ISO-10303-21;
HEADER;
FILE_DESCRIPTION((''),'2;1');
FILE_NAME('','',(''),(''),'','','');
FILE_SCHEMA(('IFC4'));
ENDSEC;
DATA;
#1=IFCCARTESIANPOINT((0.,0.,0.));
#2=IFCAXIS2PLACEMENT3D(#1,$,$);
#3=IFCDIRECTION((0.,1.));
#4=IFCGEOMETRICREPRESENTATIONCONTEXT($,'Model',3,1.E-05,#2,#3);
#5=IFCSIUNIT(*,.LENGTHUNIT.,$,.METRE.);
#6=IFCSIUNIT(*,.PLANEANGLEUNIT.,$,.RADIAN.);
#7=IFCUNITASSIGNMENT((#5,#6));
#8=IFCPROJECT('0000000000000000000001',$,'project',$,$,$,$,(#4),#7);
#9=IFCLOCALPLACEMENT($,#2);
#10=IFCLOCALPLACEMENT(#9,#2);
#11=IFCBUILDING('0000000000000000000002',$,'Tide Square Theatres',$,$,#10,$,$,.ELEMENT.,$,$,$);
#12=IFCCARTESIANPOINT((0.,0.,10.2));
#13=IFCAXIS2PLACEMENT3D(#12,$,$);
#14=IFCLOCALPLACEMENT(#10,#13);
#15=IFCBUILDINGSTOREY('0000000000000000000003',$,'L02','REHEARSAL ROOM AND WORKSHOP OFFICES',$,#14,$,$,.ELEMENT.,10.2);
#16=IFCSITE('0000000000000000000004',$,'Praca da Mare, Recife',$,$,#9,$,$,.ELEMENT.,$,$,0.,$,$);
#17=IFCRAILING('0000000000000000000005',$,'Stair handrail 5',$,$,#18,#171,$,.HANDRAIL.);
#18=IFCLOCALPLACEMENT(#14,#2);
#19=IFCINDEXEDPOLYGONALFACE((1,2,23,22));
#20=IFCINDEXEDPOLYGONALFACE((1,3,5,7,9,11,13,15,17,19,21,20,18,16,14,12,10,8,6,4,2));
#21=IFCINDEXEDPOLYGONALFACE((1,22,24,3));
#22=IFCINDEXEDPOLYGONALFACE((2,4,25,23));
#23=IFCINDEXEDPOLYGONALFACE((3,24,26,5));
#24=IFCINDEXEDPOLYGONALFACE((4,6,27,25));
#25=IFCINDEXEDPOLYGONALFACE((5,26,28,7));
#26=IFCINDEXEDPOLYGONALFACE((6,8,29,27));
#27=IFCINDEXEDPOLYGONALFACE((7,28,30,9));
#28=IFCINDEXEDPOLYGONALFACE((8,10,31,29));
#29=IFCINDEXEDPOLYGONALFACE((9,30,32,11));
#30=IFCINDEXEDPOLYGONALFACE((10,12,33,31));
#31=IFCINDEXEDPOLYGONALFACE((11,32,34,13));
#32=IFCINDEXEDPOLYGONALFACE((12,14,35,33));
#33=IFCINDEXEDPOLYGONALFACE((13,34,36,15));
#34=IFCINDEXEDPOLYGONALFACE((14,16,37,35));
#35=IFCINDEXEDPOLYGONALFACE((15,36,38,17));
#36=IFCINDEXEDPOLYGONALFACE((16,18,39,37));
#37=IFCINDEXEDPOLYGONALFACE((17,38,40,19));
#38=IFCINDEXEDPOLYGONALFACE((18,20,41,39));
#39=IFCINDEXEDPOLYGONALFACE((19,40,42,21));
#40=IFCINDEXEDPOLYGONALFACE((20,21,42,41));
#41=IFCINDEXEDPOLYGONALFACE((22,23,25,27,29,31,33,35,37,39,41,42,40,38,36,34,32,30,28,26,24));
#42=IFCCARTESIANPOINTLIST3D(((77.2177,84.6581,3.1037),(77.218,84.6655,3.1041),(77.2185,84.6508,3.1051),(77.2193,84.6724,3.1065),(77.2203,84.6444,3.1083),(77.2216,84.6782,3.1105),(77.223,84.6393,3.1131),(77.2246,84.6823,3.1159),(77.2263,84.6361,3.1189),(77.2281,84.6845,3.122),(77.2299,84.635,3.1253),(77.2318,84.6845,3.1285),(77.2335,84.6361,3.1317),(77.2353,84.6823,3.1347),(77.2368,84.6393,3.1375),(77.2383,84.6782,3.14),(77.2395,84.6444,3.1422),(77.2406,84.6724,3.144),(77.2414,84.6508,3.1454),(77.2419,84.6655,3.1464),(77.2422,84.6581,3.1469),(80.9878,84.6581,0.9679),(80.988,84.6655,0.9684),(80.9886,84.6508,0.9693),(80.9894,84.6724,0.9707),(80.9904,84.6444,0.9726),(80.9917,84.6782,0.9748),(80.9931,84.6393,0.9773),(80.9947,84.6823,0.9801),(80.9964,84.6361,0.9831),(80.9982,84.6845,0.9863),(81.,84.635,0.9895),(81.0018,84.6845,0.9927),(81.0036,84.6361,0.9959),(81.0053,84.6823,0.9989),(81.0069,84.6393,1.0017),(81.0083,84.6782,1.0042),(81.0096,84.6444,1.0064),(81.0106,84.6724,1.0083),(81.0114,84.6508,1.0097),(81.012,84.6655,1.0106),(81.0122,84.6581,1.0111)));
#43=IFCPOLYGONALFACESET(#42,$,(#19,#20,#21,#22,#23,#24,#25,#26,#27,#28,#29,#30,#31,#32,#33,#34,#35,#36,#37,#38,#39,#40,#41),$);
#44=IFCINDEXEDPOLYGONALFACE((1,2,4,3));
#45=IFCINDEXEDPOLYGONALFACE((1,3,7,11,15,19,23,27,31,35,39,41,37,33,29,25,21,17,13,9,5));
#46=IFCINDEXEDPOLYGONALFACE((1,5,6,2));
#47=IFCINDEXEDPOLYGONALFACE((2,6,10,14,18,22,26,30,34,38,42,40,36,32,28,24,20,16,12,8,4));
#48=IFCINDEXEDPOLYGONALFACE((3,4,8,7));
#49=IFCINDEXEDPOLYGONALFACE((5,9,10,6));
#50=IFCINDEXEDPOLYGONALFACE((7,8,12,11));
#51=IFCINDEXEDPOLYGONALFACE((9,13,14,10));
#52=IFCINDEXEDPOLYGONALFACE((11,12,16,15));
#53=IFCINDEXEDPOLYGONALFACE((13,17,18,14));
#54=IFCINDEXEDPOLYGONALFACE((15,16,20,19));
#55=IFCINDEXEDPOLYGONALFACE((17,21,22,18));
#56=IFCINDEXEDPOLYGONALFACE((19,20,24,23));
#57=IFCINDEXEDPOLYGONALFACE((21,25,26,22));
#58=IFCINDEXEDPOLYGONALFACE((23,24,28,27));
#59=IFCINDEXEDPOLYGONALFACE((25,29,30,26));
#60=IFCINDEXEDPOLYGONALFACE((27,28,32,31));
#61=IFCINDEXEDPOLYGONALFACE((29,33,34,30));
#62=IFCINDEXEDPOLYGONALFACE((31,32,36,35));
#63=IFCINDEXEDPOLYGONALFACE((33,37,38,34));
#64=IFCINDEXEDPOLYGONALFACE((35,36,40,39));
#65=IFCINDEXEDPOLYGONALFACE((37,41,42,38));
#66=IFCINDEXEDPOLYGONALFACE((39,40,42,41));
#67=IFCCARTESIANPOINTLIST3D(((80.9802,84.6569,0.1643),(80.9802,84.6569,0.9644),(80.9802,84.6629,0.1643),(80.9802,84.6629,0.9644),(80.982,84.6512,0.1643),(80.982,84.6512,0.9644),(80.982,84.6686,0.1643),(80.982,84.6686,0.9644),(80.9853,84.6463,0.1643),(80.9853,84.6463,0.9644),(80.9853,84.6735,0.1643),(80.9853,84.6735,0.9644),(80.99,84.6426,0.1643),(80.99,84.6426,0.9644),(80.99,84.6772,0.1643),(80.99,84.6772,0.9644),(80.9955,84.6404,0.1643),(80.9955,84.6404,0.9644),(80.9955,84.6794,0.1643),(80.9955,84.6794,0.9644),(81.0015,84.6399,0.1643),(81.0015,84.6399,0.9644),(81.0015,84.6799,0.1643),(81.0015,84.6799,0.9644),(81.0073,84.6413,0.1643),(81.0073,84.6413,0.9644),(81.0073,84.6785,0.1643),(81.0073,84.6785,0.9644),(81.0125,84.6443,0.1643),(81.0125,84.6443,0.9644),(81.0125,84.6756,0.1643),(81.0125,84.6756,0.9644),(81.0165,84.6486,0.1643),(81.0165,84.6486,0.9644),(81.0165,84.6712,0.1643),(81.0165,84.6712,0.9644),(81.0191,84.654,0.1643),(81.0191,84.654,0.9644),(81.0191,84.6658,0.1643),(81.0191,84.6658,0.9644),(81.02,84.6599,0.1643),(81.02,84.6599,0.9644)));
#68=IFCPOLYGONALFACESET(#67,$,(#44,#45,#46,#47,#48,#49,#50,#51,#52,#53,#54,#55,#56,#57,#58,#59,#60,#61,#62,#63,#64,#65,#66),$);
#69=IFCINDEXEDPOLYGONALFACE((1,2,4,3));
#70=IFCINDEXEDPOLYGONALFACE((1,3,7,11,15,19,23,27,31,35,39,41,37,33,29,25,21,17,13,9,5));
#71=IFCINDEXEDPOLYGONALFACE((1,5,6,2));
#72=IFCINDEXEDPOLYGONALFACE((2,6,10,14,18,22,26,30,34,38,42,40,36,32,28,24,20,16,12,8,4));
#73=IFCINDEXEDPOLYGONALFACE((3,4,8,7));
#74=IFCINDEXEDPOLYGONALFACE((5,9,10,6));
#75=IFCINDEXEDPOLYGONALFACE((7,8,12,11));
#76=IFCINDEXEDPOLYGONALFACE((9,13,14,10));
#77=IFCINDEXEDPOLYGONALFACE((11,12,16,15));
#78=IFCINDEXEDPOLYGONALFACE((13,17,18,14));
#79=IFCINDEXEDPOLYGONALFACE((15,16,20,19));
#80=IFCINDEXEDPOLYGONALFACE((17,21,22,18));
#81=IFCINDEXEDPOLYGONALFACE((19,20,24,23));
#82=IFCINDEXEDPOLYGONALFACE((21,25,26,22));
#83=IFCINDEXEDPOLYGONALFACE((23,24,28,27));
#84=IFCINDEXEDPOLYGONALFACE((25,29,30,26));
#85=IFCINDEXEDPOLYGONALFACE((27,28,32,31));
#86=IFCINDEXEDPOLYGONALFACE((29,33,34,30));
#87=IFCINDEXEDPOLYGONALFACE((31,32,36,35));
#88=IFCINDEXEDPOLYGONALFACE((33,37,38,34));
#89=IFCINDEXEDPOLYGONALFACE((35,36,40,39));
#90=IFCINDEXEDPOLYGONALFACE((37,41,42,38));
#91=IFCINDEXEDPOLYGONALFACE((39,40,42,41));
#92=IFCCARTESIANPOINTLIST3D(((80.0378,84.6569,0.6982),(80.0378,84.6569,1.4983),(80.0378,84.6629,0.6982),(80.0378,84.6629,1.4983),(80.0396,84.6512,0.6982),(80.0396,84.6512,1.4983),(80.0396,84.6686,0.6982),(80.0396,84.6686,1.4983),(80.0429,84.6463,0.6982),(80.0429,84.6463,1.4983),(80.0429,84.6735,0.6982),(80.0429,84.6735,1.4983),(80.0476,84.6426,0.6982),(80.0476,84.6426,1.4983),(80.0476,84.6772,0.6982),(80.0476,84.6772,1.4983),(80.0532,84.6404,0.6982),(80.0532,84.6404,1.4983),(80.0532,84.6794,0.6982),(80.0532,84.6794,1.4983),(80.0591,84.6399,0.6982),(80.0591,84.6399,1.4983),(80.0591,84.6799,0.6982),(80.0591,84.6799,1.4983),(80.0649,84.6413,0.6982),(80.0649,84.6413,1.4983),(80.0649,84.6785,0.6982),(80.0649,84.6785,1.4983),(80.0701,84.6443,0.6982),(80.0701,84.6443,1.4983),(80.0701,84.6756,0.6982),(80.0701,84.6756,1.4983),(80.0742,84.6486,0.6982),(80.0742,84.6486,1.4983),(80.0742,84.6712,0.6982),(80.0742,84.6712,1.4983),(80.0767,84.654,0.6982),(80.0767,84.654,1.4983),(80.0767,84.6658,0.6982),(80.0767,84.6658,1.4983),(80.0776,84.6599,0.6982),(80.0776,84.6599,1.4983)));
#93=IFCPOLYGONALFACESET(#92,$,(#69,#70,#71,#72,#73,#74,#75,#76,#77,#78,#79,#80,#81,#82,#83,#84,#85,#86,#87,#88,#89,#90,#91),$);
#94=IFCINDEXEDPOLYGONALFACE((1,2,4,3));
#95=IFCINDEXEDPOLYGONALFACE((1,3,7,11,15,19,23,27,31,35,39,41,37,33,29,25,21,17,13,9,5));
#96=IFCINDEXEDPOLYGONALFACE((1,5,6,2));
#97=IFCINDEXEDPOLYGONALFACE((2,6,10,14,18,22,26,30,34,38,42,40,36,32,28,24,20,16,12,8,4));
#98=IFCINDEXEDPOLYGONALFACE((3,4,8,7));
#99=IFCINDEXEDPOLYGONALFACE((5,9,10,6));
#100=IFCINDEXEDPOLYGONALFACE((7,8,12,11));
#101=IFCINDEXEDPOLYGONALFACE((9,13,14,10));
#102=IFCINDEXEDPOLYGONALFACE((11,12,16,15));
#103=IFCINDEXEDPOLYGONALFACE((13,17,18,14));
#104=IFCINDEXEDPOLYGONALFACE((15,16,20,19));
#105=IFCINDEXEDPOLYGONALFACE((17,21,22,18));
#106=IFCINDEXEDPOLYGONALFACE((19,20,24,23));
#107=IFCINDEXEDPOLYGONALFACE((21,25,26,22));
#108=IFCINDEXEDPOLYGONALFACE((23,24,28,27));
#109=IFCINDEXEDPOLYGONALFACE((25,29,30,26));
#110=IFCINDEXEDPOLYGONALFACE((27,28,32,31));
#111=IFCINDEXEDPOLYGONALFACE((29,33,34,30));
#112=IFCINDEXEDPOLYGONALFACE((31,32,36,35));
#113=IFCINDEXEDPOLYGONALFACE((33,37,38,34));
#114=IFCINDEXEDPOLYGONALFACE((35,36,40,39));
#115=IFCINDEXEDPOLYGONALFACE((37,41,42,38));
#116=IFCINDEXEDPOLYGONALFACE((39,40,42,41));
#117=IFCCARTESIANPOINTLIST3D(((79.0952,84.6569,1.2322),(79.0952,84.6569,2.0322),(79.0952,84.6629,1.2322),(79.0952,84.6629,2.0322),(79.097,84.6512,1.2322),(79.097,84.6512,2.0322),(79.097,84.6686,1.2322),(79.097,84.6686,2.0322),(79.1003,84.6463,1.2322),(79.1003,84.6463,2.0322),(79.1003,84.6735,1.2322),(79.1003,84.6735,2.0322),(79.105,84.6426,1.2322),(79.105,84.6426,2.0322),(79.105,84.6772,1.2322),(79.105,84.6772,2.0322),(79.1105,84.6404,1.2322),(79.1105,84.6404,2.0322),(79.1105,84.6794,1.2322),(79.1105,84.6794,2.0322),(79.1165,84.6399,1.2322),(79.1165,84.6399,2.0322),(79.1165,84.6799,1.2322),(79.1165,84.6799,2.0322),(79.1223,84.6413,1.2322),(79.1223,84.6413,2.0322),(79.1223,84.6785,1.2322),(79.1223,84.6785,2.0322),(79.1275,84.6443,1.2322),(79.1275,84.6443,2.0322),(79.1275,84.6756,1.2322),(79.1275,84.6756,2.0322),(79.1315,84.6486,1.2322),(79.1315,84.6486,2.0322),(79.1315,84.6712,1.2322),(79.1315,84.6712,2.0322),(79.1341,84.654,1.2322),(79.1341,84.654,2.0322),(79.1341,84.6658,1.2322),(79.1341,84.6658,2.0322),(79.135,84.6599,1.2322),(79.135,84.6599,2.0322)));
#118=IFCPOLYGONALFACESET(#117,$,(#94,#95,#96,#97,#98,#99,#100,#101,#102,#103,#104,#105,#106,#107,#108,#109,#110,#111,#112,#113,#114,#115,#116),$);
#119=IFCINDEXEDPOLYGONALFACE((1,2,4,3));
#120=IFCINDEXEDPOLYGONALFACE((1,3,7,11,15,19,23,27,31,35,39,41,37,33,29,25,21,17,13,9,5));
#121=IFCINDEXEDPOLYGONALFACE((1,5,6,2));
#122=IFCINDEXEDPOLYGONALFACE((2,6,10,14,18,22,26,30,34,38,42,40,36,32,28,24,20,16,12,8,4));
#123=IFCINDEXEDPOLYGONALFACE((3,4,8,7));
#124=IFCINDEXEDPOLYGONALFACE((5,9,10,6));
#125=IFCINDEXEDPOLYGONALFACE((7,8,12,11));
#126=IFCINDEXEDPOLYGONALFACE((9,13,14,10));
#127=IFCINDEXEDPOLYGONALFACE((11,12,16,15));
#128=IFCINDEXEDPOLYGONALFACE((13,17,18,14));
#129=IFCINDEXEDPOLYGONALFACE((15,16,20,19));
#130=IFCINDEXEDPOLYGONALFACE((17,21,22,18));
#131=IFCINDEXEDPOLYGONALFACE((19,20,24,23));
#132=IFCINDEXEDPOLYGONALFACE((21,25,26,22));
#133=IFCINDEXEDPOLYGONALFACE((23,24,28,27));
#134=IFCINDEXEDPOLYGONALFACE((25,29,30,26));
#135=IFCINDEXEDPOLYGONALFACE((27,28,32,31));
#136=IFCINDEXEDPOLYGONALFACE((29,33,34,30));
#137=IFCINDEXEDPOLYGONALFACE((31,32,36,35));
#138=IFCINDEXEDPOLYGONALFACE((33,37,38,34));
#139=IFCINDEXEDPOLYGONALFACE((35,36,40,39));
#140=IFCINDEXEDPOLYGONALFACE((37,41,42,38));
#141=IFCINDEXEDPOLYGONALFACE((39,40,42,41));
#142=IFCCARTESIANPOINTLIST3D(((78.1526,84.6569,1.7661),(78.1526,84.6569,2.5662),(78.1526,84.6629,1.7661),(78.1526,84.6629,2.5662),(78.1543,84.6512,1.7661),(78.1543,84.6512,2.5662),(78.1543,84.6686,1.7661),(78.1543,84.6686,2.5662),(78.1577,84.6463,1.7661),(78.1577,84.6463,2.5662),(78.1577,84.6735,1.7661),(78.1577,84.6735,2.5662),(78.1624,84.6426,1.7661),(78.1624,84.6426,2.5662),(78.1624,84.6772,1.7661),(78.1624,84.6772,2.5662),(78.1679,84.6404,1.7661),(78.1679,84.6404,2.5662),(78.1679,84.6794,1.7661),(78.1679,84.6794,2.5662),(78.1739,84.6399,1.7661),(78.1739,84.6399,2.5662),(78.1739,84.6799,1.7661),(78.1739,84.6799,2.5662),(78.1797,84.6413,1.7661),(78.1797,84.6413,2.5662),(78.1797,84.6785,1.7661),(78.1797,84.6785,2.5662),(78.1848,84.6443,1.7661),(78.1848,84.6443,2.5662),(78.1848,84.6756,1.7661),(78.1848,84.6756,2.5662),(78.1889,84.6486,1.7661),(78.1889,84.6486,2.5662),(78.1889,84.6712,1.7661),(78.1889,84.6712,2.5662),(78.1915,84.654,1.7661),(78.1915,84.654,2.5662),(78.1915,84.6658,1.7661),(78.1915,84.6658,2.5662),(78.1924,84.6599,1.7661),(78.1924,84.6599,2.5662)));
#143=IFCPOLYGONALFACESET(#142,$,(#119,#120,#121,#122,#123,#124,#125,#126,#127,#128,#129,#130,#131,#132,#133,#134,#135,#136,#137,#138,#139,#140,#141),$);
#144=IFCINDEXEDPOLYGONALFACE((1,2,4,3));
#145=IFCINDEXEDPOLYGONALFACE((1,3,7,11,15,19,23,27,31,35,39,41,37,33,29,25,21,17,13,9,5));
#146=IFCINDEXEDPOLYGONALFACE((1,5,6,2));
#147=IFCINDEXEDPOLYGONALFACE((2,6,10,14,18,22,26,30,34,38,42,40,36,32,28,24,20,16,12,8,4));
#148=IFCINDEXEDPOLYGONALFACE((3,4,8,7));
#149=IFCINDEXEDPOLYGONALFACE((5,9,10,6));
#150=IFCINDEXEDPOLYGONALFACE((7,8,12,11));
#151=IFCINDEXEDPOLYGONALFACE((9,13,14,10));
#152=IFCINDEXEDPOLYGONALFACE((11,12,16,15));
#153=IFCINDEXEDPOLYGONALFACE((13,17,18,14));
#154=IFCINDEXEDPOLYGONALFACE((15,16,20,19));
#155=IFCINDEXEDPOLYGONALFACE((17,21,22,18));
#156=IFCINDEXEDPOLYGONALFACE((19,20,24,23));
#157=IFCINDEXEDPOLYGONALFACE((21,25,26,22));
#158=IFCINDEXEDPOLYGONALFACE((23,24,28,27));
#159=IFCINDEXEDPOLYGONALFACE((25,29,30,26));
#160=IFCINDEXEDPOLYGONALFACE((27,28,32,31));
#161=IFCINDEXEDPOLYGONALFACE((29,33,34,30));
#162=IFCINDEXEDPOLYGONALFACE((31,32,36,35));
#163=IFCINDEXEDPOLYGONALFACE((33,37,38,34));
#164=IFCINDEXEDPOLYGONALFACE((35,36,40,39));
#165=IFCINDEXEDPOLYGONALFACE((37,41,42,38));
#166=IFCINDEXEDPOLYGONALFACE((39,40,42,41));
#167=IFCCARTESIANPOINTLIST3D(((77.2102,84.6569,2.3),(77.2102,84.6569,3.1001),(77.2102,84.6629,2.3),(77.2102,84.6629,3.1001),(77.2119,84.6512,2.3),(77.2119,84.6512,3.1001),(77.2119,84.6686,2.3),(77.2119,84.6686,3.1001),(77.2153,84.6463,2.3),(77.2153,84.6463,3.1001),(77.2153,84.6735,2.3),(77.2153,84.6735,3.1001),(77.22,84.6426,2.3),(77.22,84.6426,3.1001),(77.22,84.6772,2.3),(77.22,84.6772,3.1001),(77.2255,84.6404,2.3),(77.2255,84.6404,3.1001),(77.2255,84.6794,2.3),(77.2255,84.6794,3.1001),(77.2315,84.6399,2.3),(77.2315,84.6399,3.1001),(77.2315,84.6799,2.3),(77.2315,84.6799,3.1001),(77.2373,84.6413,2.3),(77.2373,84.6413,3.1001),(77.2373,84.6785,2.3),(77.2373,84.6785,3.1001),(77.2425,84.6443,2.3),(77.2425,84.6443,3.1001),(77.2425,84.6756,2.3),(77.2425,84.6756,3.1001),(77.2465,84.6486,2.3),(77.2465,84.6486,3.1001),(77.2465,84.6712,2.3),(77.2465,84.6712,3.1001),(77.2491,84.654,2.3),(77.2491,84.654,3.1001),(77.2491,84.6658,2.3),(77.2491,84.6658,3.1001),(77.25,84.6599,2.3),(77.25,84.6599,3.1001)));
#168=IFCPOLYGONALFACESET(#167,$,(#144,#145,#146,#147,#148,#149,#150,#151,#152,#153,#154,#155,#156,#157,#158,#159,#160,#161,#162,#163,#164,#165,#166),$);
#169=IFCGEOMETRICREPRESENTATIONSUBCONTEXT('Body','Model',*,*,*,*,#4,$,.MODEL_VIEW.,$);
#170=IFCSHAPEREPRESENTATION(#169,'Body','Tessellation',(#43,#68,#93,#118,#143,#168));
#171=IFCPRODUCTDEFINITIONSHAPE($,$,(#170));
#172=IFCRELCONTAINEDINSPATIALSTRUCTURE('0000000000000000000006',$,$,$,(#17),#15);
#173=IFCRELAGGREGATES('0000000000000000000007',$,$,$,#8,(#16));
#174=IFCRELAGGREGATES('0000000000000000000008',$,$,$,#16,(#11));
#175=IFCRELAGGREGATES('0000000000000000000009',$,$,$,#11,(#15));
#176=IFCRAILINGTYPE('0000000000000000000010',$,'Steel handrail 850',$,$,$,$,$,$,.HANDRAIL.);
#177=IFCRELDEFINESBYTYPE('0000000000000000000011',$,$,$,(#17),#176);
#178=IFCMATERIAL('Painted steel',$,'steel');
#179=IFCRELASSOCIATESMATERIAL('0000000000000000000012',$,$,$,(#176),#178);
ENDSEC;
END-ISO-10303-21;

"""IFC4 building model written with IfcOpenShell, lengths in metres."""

from ifc_helpers import new_model, si_unit, direction, frame, origin, origin_2d, place, context, subcontext, project, spatial, circle, extrude, material, type_object, element, save


model = new_model("IFC4")

# Units and contexts
model_context = context("Model", 3, precision=1e-05, world=origin(), true_north=direction((0.0, 1.0)))
body_context = subcontext(model_context, "Body", "Model", "MODEL_VIEW")
ifc_project = project(units=[si_unit("LENGTHUNIT", "METRE"), si_unit("PLANEANGLEUNIT", "RADIAN")], contexts=[model_context])

# Site, building, storey
site_placement = place(None, origin())
site = spatial("IfcSite", under=ifc_project, at=site_placement, Name="Praca da Mare, Recife", CompositionType="ELEMENT", RefElevation=0.0)
building_placement = place(site_placement, origin())
building = spatial("IfcBuilding", under=site, at=building_placement, Name="Tide Square Theatres", CompositionType="ELEMENT")
storey_placement = place(building_placement, frame((0.0, 0.0, 10.2)))
storey = spatial("IfcBuildingStorey", under=building, at=storey_placement, Name="L02", Description="REHEARSAL ROOM AND WORKSHOP OFFICES", CompositionType="ELEMENT", Elevation=10.2)

# Railing
ifc_material_1 = material(Name="Painted steel", Category="steel")
railing_type = type_object("IfcRailingType", Name="Steel handrail 850", PredefinedType="HANDRAIL", material=ifc_material_1)
for number, where, name in (
    (1, (81.0, 84.6599, 0.1643), "Stair handrail 5"),
):
    element("IfcRailing", number, at=place(storey_placement, frame(where)), inside=storey, type_object=railing_type, Name=name, PredefinedType="HANDRAIL", context=body_context, shape_type="SweptSolid", body=[
        extrude(circle(Radius=0.0249, at=origin_2d()), frame((0.0, 0.0, 0.8252), z_axis=(-0.870082, 0.0, 0.492907), x_axis=(0.0, -1.0, 0.0)), (0.0, 0.0, 1.0), 4.333),
        extrude(circle(Radius=0.02, at=origin_2d()), origin(), (0.0, 0.0, 1.0), 0.8),
        extrude(circle(Radius=0.02, at=origin_2d()), frame((-0.9424, 0.0, 0.5339)), (0.0, 0.0, 1.0), 0.8),
        extrude(circle(Radius=0.02, at=origin_2d()), frame((-1.885, 0.0, 1.0679)), (0.0, 0.0, 1.0), 0.8),
        extrude(circle(Radius=0.02, at=origin_2d()), frame((-2.8276, 0.0, 1.6018)), (0.0, 0.0, 1.0), 0.8),
        extrude(circle(Radius=0.02, at=origin_2d()), frame((-3.77, 0.0, 2.1357)), (0.0, 0.0, 1.0), 0.8),
    ])

save(model, "model.ifc")
